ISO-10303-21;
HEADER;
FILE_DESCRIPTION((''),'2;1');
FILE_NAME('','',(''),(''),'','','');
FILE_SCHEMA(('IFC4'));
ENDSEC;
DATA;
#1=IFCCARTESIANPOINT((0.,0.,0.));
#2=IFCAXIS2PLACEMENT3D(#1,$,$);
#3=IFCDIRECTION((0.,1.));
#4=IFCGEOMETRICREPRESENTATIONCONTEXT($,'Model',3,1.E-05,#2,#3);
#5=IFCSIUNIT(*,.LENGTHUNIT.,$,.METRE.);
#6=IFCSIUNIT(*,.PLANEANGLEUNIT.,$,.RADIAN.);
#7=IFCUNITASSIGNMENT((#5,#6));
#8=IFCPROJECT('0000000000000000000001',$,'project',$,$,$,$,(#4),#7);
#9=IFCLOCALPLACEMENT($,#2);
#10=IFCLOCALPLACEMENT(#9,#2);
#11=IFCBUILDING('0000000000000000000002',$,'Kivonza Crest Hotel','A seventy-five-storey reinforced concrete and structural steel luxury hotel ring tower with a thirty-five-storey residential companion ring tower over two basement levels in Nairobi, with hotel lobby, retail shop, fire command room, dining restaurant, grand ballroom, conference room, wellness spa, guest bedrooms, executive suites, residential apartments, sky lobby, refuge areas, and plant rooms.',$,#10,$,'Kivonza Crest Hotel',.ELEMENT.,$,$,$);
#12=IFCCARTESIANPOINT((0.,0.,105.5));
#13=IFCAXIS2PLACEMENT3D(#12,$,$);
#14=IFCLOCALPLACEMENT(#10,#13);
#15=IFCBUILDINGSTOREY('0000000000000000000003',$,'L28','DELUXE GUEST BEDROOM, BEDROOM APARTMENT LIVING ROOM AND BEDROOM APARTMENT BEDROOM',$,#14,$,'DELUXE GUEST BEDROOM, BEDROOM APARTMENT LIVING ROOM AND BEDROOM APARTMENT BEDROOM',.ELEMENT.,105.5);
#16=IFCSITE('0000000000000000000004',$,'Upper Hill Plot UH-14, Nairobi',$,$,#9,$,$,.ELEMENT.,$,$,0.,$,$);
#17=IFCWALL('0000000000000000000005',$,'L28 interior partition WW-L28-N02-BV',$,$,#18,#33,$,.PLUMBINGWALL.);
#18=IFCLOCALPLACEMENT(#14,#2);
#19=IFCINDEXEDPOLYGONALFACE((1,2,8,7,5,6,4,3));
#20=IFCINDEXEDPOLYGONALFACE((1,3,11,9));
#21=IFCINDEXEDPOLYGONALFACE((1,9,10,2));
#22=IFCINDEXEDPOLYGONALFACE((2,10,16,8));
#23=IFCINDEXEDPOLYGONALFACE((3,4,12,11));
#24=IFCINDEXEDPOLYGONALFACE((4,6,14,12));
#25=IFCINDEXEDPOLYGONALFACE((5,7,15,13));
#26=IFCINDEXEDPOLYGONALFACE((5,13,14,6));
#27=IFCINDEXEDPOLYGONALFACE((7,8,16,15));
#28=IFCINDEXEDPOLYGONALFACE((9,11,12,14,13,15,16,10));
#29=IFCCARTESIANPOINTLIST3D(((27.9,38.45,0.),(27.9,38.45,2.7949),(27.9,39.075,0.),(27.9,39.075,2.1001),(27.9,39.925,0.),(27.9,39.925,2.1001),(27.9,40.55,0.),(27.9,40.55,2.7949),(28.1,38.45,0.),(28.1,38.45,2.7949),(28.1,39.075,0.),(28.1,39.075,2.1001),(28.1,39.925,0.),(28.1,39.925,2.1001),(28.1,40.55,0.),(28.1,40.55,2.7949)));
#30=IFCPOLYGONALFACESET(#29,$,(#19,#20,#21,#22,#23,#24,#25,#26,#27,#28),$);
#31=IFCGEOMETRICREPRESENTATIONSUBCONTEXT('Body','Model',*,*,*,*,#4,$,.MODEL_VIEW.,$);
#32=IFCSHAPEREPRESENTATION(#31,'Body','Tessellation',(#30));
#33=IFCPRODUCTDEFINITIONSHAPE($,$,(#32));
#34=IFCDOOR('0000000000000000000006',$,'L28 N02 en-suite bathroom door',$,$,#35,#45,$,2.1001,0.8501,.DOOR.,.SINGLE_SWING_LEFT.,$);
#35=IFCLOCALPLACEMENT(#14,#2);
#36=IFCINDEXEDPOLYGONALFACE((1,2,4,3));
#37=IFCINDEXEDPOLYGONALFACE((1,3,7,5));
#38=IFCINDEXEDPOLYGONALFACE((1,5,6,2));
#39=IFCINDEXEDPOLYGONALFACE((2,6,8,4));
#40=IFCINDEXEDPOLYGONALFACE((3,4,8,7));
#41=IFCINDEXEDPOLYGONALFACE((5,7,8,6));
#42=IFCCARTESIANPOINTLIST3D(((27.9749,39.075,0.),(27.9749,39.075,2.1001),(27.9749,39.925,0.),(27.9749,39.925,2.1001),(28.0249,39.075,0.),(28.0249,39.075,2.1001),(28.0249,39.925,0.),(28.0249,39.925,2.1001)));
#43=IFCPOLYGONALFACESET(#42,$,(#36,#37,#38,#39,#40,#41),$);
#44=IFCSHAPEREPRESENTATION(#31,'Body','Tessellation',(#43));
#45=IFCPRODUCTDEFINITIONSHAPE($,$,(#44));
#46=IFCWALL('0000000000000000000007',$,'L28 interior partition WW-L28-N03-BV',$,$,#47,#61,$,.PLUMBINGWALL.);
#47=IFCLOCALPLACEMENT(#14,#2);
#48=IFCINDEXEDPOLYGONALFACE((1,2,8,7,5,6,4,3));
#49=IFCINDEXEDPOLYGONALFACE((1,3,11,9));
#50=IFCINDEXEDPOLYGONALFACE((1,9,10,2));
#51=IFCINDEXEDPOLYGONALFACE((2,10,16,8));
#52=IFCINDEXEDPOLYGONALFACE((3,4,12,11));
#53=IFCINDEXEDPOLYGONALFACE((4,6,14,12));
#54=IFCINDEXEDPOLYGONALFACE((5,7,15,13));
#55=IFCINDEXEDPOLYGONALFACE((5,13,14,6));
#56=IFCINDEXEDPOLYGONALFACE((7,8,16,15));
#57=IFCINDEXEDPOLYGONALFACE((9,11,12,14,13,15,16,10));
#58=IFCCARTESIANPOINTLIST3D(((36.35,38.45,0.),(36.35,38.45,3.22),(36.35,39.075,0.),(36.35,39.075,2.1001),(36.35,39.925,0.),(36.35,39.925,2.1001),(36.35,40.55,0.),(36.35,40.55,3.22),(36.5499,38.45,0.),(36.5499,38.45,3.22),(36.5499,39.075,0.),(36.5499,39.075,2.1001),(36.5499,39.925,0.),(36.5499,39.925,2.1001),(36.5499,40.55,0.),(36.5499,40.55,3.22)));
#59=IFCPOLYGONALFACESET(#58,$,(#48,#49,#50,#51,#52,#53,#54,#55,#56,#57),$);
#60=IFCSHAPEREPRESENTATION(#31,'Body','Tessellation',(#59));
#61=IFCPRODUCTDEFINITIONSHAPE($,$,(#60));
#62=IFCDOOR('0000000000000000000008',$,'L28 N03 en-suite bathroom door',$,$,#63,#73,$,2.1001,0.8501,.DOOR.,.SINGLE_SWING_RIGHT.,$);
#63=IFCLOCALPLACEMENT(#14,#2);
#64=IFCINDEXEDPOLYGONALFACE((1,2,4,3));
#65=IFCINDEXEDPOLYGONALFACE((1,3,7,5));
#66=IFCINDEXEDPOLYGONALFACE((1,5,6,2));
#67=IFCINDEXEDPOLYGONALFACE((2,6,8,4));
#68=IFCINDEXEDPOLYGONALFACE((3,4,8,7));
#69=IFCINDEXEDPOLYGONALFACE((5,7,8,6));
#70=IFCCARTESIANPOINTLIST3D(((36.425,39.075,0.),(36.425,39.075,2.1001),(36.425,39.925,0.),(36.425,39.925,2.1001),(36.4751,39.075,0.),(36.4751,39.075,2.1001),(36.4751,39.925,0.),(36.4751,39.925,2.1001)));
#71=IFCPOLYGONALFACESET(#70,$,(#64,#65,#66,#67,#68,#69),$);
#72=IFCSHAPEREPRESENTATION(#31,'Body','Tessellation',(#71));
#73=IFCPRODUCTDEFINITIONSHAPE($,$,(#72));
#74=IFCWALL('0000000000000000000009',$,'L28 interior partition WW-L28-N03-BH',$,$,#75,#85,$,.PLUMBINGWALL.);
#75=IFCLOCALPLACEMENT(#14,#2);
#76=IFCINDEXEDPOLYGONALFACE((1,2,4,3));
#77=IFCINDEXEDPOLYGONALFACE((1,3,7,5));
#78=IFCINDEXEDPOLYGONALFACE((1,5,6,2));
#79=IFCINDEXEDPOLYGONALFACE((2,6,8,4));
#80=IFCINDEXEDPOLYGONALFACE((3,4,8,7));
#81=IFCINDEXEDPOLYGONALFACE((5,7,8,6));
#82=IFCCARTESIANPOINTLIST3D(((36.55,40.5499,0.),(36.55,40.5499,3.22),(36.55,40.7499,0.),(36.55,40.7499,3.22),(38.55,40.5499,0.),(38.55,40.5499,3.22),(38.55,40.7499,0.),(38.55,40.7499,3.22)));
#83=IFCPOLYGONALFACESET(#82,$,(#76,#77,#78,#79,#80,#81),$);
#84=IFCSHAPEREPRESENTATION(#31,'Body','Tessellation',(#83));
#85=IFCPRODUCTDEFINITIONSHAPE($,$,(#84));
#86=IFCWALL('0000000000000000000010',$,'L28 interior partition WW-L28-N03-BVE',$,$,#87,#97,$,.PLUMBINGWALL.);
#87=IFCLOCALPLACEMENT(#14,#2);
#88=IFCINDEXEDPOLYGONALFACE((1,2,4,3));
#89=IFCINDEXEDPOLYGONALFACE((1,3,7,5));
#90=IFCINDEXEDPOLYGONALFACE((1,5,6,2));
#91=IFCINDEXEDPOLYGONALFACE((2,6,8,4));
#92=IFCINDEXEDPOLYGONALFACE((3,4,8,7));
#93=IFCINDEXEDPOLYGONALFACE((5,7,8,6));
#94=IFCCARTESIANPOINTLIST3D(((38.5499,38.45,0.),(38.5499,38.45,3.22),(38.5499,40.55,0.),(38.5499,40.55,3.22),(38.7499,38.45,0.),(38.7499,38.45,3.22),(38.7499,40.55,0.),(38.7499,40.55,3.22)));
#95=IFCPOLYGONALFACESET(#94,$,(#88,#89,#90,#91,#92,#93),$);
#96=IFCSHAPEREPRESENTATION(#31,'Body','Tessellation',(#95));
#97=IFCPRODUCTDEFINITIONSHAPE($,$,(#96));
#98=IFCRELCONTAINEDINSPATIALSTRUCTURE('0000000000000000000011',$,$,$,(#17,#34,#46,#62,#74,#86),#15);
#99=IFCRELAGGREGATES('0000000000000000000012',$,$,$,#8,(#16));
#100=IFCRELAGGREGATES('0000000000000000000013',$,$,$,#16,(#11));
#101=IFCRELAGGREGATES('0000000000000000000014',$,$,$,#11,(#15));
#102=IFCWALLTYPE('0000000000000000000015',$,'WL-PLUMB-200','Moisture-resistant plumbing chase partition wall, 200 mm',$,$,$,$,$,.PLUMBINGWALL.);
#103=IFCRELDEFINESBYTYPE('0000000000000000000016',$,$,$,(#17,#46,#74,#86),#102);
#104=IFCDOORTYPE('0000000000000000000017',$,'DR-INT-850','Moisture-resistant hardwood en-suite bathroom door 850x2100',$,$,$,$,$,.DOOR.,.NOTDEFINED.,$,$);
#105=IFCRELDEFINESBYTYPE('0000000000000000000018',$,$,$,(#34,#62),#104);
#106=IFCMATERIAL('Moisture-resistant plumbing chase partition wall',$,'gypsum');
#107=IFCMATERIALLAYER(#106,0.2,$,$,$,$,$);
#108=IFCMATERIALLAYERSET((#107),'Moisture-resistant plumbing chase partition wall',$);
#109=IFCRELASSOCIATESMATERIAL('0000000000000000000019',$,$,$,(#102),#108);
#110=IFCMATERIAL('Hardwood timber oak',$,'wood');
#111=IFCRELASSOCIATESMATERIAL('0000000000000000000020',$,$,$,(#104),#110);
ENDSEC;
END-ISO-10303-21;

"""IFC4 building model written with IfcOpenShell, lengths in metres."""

from ifc_helpers import new_model, si_unit, direction, frame, frame_2d, origin, place, context, subcontext, project, spatial, rectangle, extrude, material, layer, layer_set, type_object, element, fill, save


model = new_model("IFC4")

# Units and contexts
model_context = context("Model", 3, precision=1e-05, world=origin(), true_north=direction((0.0, 1.0)))
body_context = subcontext(model_context, "Body", "Model", "MODEL_VIEW")
ifc_project = project(units=[si_unit("LENGTHUNIT", "METRE"), si_unit("PLANEANGLEUNIT", "RADIAN")], contexts=[model_context])

# Site, building, storey
site_placement = place(None, origin())
site = spatial("IfcSite", under=ifc_project, at=site_placement, Name="Upper Hill Plot UH-14, Nairobi", CompositionType="ELEMENT", RefElevation=0.0)
building_placement = place(site_placement, origin())
building = spatial("IfcBuilding", under=site, at=building_placement, Name="Kivonza Crest Hotel", Description="A seventy-five-storey reinforced concrete and structural steel luxury hotel ring tower with a thirty-five-storey residential companion ring tower over two basement levels in Nairobi, with hotel lobby, retail shop, fire command room, dining restaurant, grand ballroom, conference room, wellness spa, guest bedrooms, executive suites, residential apartments, sky lobby, refuge areas, and plant rooms.", LongName="Kivonza Crest Hotel", CompositionType="ELEMENT")
storey_placement = place(building_placement, frame((0.0, 0.0, 105.5)))
storey = spatial("IfcBuildingStorey", under=building, at=storey_placement, Name="L28", Description="DELUXE GUEST BEDROOM, BEDROOM APARTMENT LIVING ROOM AND BEDROOM APARTMENT BEDROOM", LongName="DELUXE GUEST BEDROOM, BEDROOM APARTMENT LIVING ROOM AND BEDROOM APARTMENT BEDROOM", CompositionType="ELEMENT", Elevation=105.5)

# Shared definitions
ifc_material_1 = material(Name="Hardwood timber oak", Category="wood")

# Walls, openings, doors
ifc_material_2 = material(Name="Moisture-resistant plumbing chase partition wall", Category="gypsum")
ifc_layer_1 = layer(ifc_material_2, 0.2)
ifc_layer_set_1 = layer_set([ifc_layer_1], Name="Moisture-resistant plumbing chase partition wall")
wall_type_1 = type_object("IfcWallType", Name="WL-PLUMB-200", Description="Moisture-resistant plumbing chase partition wall, 200 mm", PredefinedType="PLUMBINGWALL", material=ifc_layer_set_1)
wall_1_placement = place(storey_placement, frame((28.0, 38.45, 0.0), z_axis=(0.0, 0.0, 1.0), x_axis=(0.0, 1.0, 0.0)))
wall_1 = element("IfcWall", 1, at=wall_1_placement, inside=storey, type_object=wall_type_1, Name="L28 interior partition WW-L28-N02-BV", PredefinedType="PLUMBINGWALL", context=body_context, shape_type="SweptSolid", body=[
    extrude(rectangle(XDim=2.1001, YDim=0.2, at=frame_2d((1.05, 0.0))), origin(), (0.0, 0.0, 1.0), 2.7949),
])
opening_1_placement = place(wall_1_placement, frame((0.625, 0.0, 0.0)))
opening_1 = element("IfcOpeningElement", 2, at=opening_1_placement, cuts=wall_1, PredefinedType="OPENING", context=body_context, shape_type="SweptSolid", body=[
    extrude(rectangle(XDim=0.8501, YDim=2.1001, at=frame_2d((0.425, 1.05))), frame((0.0, 0.1099, 0.0), z_axis=(0.0, -1.0, 0.0), x_axis=(1.0, 0.0, 0.0)), (0.0, 0.0, 1.0), 0.22),
])
door_type_1 = type_object("IfcDoorType", Name="DR-INT-850", Description="Moisture-resistant hardwood en-suite bathroom door 850x2100", OperationType="NOTDEFINED", PredefinedType="DOOR", material=ifc_material_1)
door_1_placement = place(opening_1_placement, frame((0.8501, 0.0, 0.0), z_axis=(0.0, 0.0, 1.0), x_axis=(-1.0, 0.0, 0.0)))
door_1 = element("IfcDoor", 3, at=door_1_placement, inside=storey, type_object=door_type_1, Name="L28 N02 en-suite bathroom door", OperationType="SINGLE_SWING_LEFT", OverallHeight=2.1001, OverallWidth=0.8501, PredefinedType="DOOR", context=body_context, shape_type="SweptSolid", body=[
    extrude(rectangle(XDim=0.8501, YDim=2.1001, at=frame_2d((0.425, 1.05))), frame((0.0, 0.0249, 0.0), z_axis=(0.0, -1.0, 0.0), x_axis=(1.0, 0.0, 0.0)), (0.0, 0.0, 1.0), 0.05),
])
fill(opening_1, door_1)
wall_2_placement = place(storey_placement, frame((36.45, 38.45, 0.0), z_axis=(0.0, 0.0, 1.0), x_axis=(0.0, 1.0, 0.0)))
wall_2 = element("IfcWall", 4, at=wall_2_placement, inside=storey, type_object=wall_type_1, Name="L28 interior partition WW-L28-N03-BV", PredefinedType="PLUMBINGWALL", context=body_context, shape_type="SweptSolid", body=[
    extrude(rectangle(XDim=2.1001, YDim=0.2, at=frame_2d((1.05, 0.0))), origin(), (0.0, 0.0, 1.0), 3.22),
])
opening_2_placement = place(wall_2_placement, frame((0.625, 0.0, 0.0)))
opening_2 = element("IfcOpeningElement", 5, at=opening_2_placement, cuts=wall_2, PredefinedType="OPENING", context=body_context, shape_type="SweptSolid", body=[
    extrude(rectangle(XDim=0.8501, YDim=2.1001, at=frame_2d((0.425, 1.05))), frame((0.0, 0.1099, 0.0), z_axis=(0.0, -1.0, 0.0), x_axis=(1.0, 0.0, 0.0)), (0.0, 0.0, 1.0), 0.22),
])
door_2_placement = place(opening_2_placement, origin())
door_2 = element("IfcDoor", 6, at=door_2_placement, inside=storey, type_object=door_type_1, Name="L28 N03 en-suite bathroom door", OperationType="SINGLE_SWING_RIGHT", OverallHeight=2.1001, OverallWidth=0.8501, PredefinedType="DOOR", context=body_context, shape_type="SweptSolid", body=[
    extrude(rectangle(XDim=0.8501, YDim=2.1001, at=frame_2d((0.425, 1.05))), frame((0.0, 0.0249, 0.0), z_axis=(0.0, -1.0, 0.0), x_axis=(1.0, 0.0, 0.0)), (0.0, 0.0, 1.0), 0.05),
])
fill(opening_2, door_2)

# Walls
wall_3_placement = place(storey_placement, frame((36.55, 40.6499, 0.0), z_axis=(0.0, 0.0, 1.0), x_axis=(1.0, 0.0, 0.0)))
element("IfcWall", 7, at=wall_3_placement, inside=storey, type_object=wall_type_1, Name="L28 interior partition WW-L28-N03-BH", PredefinedType="PLUMBINGWALL", context=body_context, shape_type="SweptSolid", body=[
    extrude(rectangle(XDim=2.0, YDim=0.2, at=frame_2d((1.0, 0.0))), origin(), (0.0, 0.0, 1.0), 3.22),
])
wall_4_placement = place(storey_placement, frame((38.6499, 38.45, 0.0), z_axis=(0.0, 0.0, 1.0), x_axis=(0.0, 1.0, 0.0)))
element("IfcWall", 8, at=wall_4_placement, inside=storey, type_object=wall_type_1, Name="L28 interior partition WW-L28-N03-BVE", PredefinedType="PLUMBINGWALL", context=body_context, shape_type="SweptSolid", body=[
    extrude(rectangle(XDim=2.1001, YDim=0.2, at=frame_2d((1.05, 0.0))), origin(), (0.0, 0.0, 1.0), 3.22),
])

save(model, "model.ifc")
